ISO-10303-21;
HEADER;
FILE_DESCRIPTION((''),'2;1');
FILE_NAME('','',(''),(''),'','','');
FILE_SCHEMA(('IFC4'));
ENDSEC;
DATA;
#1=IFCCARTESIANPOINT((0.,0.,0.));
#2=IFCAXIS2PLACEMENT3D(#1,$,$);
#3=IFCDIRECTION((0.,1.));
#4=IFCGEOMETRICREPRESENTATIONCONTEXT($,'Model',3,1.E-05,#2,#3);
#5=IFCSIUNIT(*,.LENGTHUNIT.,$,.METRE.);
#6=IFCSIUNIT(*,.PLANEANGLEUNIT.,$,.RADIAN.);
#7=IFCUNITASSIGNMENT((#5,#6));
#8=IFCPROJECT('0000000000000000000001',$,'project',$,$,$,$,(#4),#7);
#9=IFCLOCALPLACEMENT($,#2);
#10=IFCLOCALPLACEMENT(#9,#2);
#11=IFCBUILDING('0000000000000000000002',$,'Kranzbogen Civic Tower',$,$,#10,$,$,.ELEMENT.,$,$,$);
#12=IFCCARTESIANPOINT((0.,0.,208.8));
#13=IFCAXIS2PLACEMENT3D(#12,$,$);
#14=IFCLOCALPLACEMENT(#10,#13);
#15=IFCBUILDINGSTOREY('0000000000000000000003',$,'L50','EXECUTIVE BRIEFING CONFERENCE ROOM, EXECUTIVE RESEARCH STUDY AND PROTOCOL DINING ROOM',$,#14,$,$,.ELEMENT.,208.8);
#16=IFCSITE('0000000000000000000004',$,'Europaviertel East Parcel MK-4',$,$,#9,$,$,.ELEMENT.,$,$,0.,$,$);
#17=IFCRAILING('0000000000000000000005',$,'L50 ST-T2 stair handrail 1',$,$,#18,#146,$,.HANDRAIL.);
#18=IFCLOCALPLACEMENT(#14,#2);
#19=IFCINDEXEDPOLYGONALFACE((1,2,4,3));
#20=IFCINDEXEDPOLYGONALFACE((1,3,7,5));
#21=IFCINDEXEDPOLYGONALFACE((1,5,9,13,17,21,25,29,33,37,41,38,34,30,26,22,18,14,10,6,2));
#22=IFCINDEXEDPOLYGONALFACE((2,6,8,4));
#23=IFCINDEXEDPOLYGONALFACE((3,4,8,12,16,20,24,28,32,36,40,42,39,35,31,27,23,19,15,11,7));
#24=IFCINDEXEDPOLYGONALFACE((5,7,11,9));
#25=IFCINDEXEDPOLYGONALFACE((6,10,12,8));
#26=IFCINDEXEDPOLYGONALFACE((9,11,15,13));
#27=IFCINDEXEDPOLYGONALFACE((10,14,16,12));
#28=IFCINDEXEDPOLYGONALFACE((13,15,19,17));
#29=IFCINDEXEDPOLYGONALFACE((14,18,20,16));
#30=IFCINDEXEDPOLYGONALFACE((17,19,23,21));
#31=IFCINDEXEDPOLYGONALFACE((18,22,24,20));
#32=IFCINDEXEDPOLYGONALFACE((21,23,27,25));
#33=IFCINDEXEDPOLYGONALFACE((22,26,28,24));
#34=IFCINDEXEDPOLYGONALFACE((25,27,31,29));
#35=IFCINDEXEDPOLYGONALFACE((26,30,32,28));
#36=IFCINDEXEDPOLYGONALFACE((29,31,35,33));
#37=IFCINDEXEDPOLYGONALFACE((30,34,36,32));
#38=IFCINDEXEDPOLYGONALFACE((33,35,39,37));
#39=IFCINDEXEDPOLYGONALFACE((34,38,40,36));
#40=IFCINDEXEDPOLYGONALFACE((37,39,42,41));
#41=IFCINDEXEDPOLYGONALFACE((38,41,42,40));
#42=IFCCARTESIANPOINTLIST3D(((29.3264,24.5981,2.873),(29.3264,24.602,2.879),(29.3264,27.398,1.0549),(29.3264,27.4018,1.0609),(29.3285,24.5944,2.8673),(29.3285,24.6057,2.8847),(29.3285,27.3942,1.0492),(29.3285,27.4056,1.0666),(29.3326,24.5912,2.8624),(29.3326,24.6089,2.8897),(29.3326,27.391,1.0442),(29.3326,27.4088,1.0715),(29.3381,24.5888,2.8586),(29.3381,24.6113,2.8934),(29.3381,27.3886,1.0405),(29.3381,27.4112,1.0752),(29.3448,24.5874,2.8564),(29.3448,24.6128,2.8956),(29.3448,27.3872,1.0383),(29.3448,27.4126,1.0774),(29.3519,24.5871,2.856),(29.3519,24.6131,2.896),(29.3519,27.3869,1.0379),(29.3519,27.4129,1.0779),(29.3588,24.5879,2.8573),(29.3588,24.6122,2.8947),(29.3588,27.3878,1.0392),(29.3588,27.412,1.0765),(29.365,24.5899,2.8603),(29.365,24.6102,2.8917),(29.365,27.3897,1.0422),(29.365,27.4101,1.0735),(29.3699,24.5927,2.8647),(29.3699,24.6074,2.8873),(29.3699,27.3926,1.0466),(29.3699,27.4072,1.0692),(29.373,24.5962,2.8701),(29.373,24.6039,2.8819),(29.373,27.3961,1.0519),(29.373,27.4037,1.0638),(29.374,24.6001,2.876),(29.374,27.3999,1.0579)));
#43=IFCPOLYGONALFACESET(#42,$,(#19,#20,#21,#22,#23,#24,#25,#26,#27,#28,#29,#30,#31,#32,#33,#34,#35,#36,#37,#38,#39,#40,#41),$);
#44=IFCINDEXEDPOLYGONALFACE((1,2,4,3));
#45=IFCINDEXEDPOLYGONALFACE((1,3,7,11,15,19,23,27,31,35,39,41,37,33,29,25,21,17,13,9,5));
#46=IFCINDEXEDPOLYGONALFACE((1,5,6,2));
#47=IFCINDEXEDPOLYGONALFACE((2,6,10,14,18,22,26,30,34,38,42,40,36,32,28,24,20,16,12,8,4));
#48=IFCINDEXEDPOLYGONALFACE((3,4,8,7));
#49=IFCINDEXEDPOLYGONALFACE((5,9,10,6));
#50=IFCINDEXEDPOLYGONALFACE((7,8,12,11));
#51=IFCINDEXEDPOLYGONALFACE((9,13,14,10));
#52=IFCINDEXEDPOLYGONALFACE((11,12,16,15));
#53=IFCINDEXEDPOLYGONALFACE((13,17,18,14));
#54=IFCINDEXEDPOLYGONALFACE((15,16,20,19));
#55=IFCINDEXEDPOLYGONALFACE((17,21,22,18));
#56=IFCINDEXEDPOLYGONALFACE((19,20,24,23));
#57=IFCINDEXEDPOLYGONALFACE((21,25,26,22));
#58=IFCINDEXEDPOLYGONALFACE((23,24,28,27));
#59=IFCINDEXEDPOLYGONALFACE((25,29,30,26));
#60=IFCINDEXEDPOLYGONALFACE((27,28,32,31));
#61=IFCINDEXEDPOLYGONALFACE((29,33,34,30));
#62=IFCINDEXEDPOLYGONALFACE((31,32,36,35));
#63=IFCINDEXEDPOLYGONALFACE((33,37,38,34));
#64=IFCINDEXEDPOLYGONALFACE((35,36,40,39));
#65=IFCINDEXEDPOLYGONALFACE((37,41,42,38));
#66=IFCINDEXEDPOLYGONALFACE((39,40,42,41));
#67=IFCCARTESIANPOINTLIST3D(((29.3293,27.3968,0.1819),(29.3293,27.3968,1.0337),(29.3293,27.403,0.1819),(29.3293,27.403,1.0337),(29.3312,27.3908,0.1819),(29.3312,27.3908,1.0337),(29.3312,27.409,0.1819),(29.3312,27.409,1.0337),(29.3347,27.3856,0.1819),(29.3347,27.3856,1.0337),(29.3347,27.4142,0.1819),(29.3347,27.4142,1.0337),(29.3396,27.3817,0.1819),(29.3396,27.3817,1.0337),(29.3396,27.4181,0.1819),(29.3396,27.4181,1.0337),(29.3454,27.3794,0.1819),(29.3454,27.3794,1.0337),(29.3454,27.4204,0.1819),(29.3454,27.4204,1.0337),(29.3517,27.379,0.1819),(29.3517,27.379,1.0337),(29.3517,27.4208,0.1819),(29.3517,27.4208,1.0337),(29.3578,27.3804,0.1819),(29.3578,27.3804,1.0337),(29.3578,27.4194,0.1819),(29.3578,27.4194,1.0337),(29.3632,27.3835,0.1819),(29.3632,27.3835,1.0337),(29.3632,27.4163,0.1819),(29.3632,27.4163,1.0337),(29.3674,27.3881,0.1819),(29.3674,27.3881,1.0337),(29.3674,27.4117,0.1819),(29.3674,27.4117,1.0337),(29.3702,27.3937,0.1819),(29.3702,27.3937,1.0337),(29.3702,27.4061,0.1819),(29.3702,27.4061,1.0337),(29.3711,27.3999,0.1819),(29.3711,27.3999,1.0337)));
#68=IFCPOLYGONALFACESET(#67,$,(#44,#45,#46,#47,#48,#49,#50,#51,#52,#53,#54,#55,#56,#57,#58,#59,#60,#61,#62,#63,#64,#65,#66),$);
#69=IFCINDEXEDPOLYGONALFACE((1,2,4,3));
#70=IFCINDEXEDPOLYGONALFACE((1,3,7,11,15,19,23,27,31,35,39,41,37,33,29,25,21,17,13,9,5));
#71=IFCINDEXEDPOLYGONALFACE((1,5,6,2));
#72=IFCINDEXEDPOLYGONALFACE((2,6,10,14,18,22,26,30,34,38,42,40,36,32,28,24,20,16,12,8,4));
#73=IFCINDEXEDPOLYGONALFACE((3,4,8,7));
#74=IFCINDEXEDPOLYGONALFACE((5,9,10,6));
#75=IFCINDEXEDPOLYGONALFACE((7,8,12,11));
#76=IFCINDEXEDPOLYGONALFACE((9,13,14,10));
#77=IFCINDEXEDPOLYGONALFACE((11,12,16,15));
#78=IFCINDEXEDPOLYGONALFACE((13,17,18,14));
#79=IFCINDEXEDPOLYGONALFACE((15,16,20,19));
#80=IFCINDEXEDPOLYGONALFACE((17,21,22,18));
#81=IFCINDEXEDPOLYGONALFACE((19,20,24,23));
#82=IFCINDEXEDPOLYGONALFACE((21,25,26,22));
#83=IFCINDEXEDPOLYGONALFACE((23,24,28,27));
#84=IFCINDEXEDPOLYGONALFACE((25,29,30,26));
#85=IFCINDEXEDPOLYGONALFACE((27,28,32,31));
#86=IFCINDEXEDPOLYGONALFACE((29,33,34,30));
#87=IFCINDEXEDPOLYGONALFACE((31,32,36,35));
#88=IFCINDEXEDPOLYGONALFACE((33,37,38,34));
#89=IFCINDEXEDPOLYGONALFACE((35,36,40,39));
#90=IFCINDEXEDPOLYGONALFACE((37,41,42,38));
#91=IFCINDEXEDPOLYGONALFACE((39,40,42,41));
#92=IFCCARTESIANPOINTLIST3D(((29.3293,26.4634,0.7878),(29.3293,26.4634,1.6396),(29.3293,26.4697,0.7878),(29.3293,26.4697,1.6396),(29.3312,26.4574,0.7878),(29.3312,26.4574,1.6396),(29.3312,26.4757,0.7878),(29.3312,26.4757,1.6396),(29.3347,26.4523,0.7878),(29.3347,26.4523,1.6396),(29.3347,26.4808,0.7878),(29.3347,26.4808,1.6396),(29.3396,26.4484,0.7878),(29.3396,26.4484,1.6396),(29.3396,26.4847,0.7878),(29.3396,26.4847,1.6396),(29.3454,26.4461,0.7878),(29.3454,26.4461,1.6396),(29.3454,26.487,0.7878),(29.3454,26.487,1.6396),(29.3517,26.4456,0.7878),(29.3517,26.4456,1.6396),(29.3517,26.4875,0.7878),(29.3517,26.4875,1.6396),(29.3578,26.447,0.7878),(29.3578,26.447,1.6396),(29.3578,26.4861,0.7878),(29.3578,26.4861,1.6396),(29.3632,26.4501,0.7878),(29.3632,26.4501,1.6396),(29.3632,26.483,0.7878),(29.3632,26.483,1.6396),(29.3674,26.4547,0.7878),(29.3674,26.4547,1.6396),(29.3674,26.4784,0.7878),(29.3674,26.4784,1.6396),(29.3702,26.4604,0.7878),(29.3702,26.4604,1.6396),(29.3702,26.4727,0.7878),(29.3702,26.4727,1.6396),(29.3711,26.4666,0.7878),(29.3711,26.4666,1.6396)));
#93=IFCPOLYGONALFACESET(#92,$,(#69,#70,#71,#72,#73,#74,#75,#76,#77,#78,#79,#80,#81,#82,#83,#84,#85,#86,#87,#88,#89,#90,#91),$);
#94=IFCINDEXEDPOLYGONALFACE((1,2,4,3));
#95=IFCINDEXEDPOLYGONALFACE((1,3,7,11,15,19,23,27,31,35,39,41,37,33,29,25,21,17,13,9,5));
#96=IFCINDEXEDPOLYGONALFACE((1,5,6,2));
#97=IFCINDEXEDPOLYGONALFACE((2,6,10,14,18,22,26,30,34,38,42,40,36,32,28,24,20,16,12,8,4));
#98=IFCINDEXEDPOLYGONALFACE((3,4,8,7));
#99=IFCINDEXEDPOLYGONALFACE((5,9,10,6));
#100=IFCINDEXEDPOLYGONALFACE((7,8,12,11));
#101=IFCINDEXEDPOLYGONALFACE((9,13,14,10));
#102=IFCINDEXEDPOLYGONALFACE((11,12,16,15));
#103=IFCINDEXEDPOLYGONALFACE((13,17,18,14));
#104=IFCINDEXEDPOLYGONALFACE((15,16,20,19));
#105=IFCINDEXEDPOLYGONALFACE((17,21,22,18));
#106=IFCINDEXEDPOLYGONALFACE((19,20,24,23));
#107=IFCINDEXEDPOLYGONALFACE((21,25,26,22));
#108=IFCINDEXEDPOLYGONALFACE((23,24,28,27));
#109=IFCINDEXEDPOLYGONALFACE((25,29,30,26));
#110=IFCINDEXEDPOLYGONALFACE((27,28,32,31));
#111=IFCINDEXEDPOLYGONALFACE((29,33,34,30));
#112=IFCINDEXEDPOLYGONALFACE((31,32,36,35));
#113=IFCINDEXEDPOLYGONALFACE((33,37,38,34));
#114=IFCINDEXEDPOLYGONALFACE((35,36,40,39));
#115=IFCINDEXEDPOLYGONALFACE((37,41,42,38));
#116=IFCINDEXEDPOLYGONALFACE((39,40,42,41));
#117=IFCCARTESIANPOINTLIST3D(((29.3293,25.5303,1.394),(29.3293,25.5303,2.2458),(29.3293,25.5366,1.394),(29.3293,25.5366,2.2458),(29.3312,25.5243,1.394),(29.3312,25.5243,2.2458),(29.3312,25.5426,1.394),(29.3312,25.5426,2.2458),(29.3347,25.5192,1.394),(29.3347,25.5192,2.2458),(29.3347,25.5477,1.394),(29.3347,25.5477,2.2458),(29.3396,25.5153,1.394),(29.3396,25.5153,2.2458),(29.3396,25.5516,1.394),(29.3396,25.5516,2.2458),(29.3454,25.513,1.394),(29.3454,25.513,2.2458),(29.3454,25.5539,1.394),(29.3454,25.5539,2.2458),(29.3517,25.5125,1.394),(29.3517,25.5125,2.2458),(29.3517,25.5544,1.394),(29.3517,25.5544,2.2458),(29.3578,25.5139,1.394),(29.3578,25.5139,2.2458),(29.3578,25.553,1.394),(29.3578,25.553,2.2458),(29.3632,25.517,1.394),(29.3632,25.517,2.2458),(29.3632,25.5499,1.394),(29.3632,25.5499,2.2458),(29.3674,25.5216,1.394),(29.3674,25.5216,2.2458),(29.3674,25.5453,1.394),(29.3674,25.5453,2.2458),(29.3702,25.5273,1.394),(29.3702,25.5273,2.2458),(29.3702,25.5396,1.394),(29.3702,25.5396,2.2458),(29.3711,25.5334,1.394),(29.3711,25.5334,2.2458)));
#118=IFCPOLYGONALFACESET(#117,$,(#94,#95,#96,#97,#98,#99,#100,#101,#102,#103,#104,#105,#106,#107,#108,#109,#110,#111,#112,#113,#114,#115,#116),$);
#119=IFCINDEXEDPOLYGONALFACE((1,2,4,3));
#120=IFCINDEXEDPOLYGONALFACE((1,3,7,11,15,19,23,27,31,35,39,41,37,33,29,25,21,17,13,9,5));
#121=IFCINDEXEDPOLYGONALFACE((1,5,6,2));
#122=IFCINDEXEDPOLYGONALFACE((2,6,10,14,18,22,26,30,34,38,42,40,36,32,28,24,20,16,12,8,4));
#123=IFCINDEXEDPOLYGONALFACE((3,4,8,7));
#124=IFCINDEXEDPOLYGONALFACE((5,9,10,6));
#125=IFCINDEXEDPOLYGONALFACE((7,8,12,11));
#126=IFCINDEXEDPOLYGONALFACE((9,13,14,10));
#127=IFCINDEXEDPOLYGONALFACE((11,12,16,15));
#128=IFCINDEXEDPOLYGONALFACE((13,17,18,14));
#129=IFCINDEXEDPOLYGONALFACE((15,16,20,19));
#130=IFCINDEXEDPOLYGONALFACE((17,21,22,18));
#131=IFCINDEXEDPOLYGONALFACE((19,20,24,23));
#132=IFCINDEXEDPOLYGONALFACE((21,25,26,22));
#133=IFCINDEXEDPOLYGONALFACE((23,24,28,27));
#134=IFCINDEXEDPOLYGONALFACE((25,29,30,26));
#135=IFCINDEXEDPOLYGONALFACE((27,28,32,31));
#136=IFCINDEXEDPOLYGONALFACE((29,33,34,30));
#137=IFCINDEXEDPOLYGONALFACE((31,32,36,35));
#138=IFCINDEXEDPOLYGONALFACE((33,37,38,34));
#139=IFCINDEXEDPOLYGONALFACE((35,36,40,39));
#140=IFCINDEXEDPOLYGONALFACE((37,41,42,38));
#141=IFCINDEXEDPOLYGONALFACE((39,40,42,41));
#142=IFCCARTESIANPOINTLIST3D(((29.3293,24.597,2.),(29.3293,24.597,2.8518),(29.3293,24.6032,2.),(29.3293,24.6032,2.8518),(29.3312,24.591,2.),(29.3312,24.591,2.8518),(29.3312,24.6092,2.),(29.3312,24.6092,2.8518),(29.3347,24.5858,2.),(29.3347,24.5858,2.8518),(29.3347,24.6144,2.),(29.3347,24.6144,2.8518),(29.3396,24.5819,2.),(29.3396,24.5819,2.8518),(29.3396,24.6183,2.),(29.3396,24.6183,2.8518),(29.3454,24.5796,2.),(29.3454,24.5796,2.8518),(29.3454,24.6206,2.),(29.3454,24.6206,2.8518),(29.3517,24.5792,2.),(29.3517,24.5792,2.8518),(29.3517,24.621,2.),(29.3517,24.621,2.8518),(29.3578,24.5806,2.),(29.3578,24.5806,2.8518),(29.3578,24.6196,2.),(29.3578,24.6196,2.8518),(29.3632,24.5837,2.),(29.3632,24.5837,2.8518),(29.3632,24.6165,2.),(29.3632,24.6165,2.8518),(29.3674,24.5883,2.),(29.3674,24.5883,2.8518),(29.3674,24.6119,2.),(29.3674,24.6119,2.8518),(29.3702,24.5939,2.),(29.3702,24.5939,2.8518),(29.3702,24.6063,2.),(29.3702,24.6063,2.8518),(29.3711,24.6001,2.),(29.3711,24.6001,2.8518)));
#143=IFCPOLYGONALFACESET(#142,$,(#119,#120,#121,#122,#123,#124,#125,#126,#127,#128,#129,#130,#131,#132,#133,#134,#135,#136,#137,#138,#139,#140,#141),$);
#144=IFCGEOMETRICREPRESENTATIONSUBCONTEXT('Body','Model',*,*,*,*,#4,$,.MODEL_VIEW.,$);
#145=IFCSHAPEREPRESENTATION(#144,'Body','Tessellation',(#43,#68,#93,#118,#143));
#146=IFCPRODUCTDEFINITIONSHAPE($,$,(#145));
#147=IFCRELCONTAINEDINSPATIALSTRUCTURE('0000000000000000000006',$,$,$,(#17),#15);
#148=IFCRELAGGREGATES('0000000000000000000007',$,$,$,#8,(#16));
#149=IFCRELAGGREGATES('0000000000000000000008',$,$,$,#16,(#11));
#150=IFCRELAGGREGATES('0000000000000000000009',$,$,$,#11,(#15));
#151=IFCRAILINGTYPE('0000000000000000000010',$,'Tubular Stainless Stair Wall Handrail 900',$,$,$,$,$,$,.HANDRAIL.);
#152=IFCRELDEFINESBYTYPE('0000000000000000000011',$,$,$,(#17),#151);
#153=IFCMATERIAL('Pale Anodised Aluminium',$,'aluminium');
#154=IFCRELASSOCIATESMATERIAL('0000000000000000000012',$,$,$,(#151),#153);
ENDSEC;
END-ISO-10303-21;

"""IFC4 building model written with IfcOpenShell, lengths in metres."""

from ifc_helpers import new_model, si_unit, direction, frame, origin, origin_2d, place, context, subcontext, project, spatial, circle, extrude, material, type_object, element, save


model = new_model("IFC4")

# Units and contexts
model_context = context("Model", 3, precision=1e-05, world=origin(), true_north=direction((0.0, 1.0)))
body_context = subcontext(model_context, "Body", "Model", "MODEL_VIEW")
ifc_project = project(units=[si_unit("LENGTHUNIT", "METRE"), si_unit("PLANEANGLEUNIT", "RADIAN")], contexts=[model_context])

# Site, building, storey
site_placement = place(None, origin())
site = spatial("IfcSite", under=ifc_project, at=site_placement, Name="Europaviertel East Parcel MK-4", CompositionType="ELEMENT", RefElevation=0.0)
building_placement = place(site_placement, origin())
building = spatial("IfcBuilding", under=site, at=building_placement, Name="Kranzbogen Civic Tower", CompositionType="ELEMENT")
storey_placement = place(building_placement, frame((0.0, 0.0, 208.8)))
storey = spatial("IfcBuildingStorey", under=building, at=storey_placement, Name="L50", Description="EXECUTIVE BRIEFING CONFERENCE ROOM, EXECUTIVE RESEARCH STUDY AND PROTOCOL DINING ROOM", CompositionType="ELEMENT", Elevation=208.8)

# Shared definitions
ifc_material_1 = material(Name="Pale Anodised Aluminium", Category="aluminium")

# Railing
railing_type_1 = type_object("IfcRailingType", Name="Tubular Stainless Stair Wall Handrail 900", PredefinedType="HANDRAIL", material=ifc_material_1)
railing_1_placement = place(storey_placement, frame((29.3501, 27.3999, 0.1819)))
element("IfcRailing", 1, at=railing_1_placement, inside=storey, type_object=railing_type_1, Name="L50 ST-T2 stair handrail 1", PredefinedType="HANDRAIL", context=body_context, shape_type="SweptSolid", body=[
    extrude(circle(Radius=0.0239, at=origin_2d()), frame((0.0, 0.0, 0.876), z_axis=(0.0, -0.838684, 0.544618), x_axis=(1.0, 0.0, 0.0)), (0.0, 0.0, 1.0), 3.3384),
    extrude(circle(Radius=0.021, at=origin_2d()), origin(), (0.0, 0.0, 1.0), 0.8518),
    extrude(circle(Radius=0.021, at=origin_2d()), frame((0.0, -0.9333, 0.606)), (0.0, 0.0, 1.0), 0.8518),
    extrude(circle(Radius=0.021, at=origin_2d()), frame((0.0, -1.8665, 1.2122)), (0.0, 0.0, 1.0), 0.8518),
    extrude(circle(Radius=0.021, at=origin_2d()), frame((0.0, -2.7998, 1.8181)), (0.0, 0.0, 1.0), 0.8518),
])

save(model, "model.ifc")
